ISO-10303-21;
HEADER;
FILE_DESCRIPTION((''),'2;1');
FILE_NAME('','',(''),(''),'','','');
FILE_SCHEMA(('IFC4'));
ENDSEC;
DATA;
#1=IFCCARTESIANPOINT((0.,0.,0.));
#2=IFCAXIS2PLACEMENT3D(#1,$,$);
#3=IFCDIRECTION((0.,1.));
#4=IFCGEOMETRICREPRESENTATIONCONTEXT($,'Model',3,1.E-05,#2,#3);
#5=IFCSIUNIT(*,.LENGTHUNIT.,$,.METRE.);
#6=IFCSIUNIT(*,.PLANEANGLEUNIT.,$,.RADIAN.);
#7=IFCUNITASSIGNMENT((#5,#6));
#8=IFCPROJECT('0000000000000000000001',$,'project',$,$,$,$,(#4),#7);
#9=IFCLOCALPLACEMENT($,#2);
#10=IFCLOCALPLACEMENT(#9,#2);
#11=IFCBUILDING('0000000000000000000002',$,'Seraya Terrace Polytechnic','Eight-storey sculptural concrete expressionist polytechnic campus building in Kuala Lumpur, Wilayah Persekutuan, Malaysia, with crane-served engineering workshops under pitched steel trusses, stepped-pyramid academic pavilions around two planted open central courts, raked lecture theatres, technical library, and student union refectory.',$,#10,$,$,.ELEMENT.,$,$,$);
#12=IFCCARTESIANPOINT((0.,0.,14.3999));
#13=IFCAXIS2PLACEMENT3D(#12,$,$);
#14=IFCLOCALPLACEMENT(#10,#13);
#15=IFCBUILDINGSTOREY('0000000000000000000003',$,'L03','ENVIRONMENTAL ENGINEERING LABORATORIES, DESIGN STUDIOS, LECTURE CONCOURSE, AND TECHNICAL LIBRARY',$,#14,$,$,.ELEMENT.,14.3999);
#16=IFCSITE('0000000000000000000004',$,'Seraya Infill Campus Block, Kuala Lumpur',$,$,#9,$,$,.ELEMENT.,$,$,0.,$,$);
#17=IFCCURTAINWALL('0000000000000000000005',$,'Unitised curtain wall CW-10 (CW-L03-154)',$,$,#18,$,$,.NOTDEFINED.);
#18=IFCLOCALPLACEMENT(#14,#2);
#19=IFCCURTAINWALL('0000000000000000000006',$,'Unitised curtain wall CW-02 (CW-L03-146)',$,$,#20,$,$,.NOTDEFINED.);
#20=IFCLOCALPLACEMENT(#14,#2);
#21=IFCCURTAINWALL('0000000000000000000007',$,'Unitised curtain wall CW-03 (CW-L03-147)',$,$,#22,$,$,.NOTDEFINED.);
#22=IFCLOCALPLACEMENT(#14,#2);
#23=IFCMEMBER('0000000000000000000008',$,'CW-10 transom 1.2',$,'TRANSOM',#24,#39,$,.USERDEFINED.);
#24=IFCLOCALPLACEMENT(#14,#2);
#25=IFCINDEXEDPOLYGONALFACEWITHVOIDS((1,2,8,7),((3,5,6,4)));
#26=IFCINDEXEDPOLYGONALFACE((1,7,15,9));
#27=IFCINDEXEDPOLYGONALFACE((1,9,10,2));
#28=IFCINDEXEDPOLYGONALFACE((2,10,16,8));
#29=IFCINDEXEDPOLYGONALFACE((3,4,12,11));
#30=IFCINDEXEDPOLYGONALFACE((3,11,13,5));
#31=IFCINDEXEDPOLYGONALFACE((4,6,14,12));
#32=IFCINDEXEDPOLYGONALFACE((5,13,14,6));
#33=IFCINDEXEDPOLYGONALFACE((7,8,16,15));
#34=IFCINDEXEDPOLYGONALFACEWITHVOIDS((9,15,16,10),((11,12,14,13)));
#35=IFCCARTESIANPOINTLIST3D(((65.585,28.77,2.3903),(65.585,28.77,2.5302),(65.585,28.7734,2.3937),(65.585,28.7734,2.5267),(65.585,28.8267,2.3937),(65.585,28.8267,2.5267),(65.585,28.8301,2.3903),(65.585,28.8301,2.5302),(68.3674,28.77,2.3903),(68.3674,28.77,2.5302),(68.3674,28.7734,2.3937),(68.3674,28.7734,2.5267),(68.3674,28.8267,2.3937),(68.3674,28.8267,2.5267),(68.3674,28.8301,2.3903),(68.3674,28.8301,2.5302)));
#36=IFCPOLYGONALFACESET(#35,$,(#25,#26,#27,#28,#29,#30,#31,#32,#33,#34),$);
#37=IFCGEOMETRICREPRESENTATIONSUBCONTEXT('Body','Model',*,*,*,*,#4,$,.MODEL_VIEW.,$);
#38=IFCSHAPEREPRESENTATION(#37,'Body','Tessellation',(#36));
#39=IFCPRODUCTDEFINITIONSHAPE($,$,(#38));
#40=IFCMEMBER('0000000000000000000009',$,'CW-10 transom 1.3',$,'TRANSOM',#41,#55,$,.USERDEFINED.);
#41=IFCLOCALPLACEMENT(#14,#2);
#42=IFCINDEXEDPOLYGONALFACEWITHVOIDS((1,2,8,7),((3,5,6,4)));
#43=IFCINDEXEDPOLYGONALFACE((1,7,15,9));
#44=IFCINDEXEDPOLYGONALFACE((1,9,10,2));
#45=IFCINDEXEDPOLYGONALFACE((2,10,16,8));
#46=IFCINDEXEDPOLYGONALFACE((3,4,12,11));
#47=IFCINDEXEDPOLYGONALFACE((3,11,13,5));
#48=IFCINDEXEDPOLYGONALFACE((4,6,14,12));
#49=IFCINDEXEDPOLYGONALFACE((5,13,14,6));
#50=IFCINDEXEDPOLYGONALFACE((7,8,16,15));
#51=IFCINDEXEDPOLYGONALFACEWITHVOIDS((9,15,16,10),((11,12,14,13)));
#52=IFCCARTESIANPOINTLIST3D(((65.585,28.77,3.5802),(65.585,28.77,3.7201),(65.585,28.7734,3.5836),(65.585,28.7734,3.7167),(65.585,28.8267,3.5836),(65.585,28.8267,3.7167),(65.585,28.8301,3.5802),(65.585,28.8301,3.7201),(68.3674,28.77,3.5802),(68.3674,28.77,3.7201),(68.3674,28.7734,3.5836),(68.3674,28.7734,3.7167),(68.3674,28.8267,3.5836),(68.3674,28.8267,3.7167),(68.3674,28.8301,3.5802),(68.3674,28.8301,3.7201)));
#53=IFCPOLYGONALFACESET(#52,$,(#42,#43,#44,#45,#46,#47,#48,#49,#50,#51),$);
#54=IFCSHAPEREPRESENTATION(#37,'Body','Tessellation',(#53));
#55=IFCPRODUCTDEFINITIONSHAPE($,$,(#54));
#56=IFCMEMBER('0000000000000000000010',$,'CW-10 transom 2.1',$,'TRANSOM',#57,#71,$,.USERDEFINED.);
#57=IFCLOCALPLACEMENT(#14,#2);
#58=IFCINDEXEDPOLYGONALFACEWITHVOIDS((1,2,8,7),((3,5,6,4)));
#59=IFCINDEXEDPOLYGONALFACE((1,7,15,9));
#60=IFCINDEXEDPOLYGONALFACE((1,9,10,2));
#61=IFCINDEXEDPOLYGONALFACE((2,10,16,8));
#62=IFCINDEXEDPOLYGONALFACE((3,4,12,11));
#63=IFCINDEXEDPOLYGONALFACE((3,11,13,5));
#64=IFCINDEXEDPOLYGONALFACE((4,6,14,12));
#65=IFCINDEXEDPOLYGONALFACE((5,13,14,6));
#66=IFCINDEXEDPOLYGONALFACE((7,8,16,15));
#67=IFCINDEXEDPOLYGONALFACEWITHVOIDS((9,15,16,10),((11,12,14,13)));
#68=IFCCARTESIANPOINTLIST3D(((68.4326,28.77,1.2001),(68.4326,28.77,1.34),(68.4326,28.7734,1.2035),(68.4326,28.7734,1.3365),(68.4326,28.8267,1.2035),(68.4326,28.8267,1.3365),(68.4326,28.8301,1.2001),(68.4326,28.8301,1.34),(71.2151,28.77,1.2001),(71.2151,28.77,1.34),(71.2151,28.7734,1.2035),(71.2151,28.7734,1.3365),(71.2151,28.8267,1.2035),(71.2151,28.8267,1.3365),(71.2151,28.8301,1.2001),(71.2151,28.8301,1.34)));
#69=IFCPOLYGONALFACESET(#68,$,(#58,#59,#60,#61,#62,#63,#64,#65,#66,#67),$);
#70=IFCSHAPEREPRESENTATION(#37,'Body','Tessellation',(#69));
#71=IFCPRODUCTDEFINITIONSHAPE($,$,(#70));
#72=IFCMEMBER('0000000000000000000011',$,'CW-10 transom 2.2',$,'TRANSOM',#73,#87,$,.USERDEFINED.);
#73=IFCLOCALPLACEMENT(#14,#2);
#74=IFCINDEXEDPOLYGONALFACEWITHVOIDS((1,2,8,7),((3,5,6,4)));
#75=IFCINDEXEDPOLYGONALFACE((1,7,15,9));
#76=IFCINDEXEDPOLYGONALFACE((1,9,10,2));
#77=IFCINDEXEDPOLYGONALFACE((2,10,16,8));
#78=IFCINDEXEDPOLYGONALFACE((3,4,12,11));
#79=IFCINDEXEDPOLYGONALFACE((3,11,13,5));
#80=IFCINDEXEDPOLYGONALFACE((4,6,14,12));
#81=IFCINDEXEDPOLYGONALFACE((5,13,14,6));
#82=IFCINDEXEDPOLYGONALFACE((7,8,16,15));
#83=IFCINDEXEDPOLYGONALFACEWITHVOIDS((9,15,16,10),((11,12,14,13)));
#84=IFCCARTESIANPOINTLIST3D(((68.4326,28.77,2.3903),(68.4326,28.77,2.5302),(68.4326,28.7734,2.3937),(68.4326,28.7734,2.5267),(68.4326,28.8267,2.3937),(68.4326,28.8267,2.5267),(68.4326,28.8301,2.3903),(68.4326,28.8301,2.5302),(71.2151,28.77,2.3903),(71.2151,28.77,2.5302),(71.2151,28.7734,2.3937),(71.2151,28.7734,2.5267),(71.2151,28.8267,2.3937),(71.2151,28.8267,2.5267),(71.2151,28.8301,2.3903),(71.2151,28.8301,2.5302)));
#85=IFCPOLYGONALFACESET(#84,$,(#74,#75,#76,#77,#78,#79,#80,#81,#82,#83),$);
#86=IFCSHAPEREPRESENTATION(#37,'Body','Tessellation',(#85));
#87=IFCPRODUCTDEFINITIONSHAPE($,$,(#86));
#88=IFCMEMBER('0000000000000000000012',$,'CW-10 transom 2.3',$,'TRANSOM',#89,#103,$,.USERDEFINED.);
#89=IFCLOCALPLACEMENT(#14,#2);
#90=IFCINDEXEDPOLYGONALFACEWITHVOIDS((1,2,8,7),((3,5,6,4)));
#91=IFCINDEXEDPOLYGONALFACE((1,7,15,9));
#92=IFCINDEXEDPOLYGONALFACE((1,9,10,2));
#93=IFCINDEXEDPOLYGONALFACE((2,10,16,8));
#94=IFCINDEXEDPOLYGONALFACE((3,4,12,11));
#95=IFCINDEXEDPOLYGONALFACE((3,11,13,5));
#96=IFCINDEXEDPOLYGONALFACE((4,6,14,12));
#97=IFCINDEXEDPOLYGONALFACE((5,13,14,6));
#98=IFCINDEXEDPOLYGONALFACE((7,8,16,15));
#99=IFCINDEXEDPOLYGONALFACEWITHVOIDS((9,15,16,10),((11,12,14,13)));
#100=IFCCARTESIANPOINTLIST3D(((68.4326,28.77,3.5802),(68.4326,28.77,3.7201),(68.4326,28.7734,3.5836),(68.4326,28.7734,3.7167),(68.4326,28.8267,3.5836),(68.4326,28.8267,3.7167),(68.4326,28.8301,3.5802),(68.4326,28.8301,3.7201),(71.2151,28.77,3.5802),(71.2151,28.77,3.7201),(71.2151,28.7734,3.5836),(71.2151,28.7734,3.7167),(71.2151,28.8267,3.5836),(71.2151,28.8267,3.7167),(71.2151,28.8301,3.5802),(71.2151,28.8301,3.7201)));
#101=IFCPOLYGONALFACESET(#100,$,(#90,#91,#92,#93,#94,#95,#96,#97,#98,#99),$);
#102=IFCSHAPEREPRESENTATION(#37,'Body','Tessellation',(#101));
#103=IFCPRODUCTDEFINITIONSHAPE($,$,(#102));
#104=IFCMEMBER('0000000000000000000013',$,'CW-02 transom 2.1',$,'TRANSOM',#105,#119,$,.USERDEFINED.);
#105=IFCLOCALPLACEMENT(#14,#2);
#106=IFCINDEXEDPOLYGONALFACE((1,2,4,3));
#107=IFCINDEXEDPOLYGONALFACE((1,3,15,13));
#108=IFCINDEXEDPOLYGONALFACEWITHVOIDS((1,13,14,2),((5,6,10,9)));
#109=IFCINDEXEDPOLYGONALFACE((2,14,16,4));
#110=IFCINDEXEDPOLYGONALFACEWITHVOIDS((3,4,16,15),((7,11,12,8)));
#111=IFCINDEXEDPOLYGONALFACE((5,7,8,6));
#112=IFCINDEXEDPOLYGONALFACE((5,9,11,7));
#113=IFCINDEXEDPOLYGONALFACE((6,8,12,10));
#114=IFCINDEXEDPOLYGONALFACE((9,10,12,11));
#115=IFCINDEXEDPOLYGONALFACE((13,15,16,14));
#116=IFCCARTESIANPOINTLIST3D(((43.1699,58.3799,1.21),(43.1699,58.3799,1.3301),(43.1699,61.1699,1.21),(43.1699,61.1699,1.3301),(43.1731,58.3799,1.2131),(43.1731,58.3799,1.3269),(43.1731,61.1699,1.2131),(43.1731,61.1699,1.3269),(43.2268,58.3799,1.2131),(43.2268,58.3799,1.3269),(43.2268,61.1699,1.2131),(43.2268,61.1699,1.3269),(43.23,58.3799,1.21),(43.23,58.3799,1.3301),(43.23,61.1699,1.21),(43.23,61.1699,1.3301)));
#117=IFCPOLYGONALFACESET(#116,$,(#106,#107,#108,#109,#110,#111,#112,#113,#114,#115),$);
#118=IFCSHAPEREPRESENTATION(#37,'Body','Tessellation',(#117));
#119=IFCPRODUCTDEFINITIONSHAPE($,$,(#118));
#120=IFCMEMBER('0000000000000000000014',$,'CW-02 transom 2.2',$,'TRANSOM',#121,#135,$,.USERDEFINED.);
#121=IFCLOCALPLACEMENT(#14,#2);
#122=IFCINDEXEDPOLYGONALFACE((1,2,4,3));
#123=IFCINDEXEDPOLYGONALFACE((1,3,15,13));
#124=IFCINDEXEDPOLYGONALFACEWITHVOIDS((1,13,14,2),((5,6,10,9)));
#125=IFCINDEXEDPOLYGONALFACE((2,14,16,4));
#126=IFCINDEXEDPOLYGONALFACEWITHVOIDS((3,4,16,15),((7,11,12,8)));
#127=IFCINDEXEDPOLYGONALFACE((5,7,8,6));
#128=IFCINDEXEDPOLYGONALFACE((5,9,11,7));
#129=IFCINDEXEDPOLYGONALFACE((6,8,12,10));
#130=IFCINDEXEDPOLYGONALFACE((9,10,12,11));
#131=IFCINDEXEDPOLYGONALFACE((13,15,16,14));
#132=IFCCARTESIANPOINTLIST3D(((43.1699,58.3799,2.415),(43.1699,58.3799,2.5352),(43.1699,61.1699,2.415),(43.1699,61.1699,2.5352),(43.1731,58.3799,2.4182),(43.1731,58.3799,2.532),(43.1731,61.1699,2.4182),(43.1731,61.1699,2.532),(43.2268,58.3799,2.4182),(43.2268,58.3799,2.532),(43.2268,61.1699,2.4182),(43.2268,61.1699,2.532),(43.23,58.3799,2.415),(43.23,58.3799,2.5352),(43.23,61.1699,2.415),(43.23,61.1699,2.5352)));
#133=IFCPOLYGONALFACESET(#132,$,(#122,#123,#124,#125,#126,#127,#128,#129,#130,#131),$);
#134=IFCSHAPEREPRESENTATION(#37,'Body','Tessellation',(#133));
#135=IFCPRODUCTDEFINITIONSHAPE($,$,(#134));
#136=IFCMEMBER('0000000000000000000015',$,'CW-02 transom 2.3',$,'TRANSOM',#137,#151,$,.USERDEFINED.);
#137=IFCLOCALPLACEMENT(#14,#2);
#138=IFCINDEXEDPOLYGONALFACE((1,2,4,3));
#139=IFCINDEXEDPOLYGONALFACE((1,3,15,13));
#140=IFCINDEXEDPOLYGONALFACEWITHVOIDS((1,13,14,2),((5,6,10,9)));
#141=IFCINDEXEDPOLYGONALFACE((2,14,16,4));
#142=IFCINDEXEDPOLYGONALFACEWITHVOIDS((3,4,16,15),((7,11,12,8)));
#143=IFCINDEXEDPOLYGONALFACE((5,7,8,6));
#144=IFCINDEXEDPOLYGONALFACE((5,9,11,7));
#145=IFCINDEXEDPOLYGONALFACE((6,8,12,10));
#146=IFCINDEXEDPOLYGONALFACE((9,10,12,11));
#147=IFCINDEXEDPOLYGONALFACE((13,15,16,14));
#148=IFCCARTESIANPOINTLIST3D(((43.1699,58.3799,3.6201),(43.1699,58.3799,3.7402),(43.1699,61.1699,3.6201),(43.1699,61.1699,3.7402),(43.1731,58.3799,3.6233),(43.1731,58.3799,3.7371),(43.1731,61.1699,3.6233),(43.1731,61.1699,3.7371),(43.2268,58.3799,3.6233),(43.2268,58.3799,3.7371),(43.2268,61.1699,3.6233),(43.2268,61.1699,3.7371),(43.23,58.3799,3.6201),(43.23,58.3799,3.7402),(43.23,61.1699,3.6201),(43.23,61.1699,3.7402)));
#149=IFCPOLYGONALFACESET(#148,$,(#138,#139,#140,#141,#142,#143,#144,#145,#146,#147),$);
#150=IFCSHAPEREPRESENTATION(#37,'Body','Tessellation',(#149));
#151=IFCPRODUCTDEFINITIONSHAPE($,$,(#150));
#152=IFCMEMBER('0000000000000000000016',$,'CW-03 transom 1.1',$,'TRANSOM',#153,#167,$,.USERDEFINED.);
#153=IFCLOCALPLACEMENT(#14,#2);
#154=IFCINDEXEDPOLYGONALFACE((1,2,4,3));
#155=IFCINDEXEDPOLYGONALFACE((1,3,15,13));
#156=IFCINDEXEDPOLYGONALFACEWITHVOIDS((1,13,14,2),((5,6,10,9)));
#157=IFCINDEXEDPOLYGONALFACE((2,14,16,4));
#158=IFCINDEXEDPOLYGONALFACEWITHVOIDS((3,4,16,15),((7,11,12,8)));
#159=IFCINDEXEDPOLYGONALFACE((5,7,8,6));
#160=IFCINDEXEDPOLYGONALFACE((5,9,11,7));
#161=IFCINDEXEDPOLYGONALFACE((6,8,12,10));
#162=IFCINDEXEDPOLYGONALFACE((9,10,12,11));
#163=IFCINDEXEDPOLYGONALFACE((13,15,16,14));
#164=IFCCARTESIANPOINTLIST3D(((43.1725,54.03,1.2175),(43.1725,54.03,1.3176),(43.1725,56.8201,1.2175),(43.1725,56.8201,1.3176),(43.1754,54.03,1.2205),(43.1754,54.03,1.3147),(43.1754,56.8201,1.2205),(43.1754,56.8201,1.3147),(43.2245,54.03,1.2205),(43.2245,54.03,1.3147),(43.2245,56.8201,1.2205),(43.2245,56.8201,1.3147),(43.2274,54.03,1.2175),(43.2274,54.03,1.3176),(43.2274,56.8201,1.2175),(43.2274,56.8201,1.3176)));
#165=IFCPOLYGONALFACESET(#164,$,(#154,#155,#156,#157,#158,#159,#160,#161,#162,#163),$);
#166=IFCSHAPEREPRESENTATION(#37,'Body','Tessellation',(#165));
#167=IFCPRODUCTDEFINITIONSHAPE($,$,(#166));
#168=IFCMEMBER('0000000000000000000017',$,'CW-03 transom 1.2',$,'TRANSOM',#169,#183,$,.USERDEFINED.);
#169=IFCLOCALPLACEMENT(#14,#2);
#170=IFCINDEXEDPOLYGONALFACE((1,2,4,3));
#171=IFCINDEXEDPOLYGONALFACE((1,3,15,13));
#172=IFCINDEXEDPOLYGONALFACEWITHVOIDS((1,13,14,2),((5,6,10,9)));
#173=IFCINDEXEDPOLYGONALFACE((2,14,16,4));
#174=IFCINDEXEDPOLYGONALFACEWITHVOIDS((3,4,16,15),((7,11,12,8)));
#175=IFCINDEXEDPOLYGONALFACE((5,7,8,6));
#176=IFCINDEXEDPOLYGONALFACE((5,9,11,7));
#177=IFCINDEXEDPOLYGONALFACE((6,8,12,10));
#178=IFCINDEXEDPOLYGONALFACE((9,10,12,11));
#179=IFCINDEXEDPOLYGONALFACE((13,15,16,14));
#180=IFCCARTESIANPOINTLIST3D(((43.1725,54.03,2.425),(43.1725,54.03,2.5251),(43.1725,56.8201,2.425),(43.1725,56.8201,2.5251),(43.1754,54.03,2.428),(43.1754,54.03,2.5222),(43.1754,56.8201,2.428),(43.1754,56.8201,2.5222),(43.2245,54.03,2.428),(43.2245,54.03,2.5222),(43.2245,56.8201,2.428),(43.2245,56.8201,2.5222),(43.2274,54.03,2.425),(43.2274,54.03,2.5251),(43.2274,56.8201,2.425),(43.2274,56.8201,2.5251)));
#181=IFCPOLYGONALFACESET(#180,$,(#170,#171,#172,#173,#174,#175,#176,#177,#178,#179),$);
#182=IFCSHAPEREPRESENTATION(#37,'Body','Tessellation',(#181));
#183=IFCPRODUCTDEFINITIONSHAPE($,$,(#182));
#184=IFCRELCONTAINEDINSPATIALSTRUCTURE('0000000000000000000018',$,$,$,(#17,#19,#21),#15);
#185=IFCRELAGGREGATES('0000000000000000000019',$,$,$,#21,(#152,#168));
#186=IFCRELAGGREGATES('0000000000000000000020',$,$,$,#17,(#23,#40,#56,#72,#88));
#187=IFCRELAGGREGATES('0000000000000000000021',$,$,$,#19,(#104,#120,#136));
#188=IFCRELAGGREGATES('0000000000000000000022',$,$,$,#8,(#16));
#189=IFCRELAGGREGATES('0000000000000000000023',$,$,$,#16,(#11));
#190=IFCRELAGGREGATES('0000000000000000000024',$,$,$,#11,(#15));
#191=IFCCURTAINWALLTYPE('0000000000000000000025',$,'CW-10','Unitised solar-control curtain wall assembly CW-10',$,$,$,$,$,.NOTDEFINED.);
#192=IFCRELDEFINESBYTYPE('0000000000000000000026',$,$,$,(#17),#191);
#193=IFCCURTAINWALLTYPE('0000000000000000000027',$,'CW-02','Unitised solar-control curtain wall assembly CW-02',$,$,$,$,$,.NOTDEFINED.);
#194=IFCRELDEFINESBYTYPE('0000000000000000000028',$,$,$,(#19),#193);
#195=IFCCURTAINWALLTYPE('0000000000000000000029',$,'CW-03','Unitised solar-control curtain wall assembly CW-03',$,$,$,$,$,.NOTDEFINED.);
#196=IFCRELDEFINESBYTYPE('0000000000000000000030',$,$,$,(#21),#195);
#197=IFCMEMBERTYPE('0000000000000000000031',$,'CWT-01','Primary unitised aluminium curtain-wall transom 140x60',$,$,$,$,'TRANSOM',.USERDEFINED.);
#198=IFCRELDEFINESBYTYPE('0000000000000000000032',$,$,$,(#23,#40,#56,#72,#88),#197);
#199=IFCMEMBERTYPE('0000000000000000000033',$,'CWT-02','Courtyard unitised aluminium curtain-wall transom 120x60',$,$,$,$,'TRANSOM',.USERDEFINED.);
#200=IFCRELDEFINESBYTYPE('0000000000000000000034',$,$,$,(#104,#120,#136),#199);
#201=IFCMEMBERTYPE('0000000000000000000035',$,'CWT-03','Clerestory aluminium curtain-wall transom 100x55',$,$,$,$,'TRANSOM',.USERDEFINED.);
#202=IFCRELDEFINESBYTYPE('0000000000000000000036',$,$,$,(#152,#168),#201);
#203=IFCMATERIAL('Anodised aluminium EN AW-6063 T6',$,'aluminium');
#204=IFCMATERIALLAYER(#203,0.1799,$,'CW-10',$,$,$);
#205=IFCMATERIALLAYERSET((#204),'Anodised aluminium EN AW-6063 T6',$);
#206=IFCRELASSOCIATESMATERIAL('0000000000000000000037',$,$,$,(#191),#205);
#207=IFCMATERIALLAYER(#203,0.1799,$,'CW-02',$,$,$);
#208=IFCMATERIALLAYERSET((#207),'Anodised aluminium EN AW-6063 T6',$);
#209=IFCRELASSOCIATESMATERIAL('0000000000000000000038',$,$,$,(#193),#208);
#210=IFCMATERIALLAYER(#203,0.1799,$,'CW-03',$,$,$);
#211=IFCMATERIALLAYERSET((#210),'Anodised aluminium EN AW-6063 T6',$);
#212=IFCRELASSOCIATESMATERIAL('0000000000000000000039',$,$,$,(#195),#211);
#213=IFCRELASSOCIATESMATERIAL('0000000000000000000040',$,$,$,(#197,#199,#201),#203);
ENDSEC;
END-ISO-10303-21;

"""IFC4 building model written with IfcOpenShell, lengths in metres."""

from ifc_helpers import new_model, si_unit, direction, frame, origin, origin_2d, place, context, subcontext, project, spatial, hollow_rectangle, extrude, material, layer, layer_set, material_profile, profile_set, type_object, element, aggregate, save


model = new_model("IFC4")

# Units and contexts
model_context = context("Model", 3, precision=1e-05, world=origin(), true_north=direction((0.0, 1.0)))
body_context = subcontext(model_context, "Body", "Model", "MODEL_VIEW")
ifc_project = project(units=[si_unit("LENGTHUNIT", "METRE"), si_unit("PLANEANGLEUNIT", "RADIAN")], contexts=[model_context])

# Site, building, storey
site_placement = place(None, origin())
site = spatial("IfcSite", under=ifc_project, at=site_placement, Name="Seraya Infill Campus Block, Kuala Lumpur", CompositionType="ELEMENT", RefElevation=0.0)
building_placement = place(site_placement, origin())
building = spatial("IfcBuilding", under=site, at=building_placement, Name="Seraya Terrace Polytechnic", Description="Eight-storey sculptural concrete expressionist polytechnic campus building in Kuala Lumpur, Wilayah Persekutuan, Malaysia, with crane-served engineering workshops under pitched steel trusses, stepped-pyramid academic pavilions around two planted open central courts, raked lecture theatres, technical library, and student union refectory.", CompositionType="ELEMENT")
storey_placement = place(building_placement, frame((0.0, 0.0, 14.3999)))
storey = spatial("IfcBuildingStorey", under=building, at=storey_placement, Name="L03", Description="ENVIRONMENTAL ENGINEERING LABORATORIES, DESIGN STUDIOS, LECTURE CONCOURSE, AND TECHNICAL LIBRARY", CompositionType="ELEMENT", Elevation=14.3999)

# Curtain wall
ifc_material_1 = material(Name="Anodised aluminium EN AW-6063 T6", Category="aluminium")
ifc_layer_1 = layer(ifc_material_1, 0.1799, Name="CW-10")
ifc_layer_set_1 = layer_set([ifc_layer_1], Name="Anodised aluminium EN AW-6063 T6")
curtain_wall_type_1 = type_object("IfcCurtainWallType", Name="CW-10", Description="Unitised solar-control curtain wall assembly CW-10", PredefinedType="NOTDEFINED", material=ifc_layer_set_1)
curtain_wall_1_placement = place(storey_placement, origin())
curtain_wall_1 = element("IfcCurtainWall", 1, at=curtain_wall_1_placement, inside=storey, type_object=curtain_wall_type_1, Name="Unitised curtain wall CW-10 (CW-L03-154)", PredefinedType="NOTDEFINED")

# Curtain walls
ifc_layer_2 = layer(ifc_material_1, 0.1799, Name="CW-02")
ifc_layer_set_2 = layer_set([ifc_layer_2], Name="Anodised aluminium EN AW-6063 T6")
curtain_wall_type_2 = type_object("IfcCurtainWallType", Name="CW-02", Description="Unitised solar-control curtain wall assembly CW-02", PredefinedType="NOTDEFINED", material=ifc_layer_set_2)
curtain_wall_2_placement = place(storey_placement, origin())
curtain_wall_2 = element("IfcCurtainWall", 2, at=curtain_wall_2_placement, inside=storey, type_object=curtain_wall_type_2, Name="Unitised curtain wall CW-02 (CW-L03-146)", PredefinedType="NOTDEFINED")
ifc_layer_3 = layer(ifc_material_1, 0.1799, Name="CW-03")
ifc_layer_set_3 = layer_set([ifc_layer_3], Name="Anodised aluminium EN AW-6063 T6")
curtain_wall_type_3 = type_object("IfcCurtainWallType", Name="CW-03", Description="Unitised solar-control curtain wall assembly CW-03", PredefinedType="NOTDEFINED", material=ifc_layer_set_3)
curtain_wall_3_placement = place(storey_placement, origin())
curtain_wall_3 = element("IfcCurtainWall", 3, at=curtain_wall_3_placement, inside=storey, type_object=curtain_wall_type_3, Name="Unitised curtain wall CW-03 (CW-L03-147)", PredefinedType="NOTDEFINED")

# Members
ifc_material_profile_1 = material_profile(ifc_material_1, hollow_rectangle(XDim=0.0601, YDim=0.1399, WallThickness=0.0034, at=origin_2d()), Name="RHS 140x60x3.5")
ifc_profile_set_1 = profile_set([ifc_material_profile_1], Name="Anodised aluminium EN AW-6063 T6")
member_type_1 = type_object("IfcMemberType", Name="CWT-01", Description="Primary unitised aluminium curtain-wall transom 140x60", ElementType="TRANSOM", PredefinedType="USERDEFINED", material=ifc_profile_set_1)
member_1_placement = place(storey_placement, frame((65.585, 28.8, 2.4602), z_axis=(1.0, 0.0, 0.0), x_axis=(0.0, 1.0, 0.0)))
member_1 = element("IfcMember", 4, at=member_1_placement, type_object=member_type_1, Name="CW-10 transom 1.2", ObjectType="TRANSOM", PredefinedType="USERDEFINED", context=body_context, shape_type="SweptSolid", body=[
    extrude(hollow_rectangle(XDim=0.0601, YDim=0.1399, WallThickness=0.0034, at=origin_2d()), origin(), (0.0, 0.0, 1.0), 2.7825),
])
member_2_placement = place(storey_placement, frame((65.585, 28.8, 3.6501), z_axis=(1.0, 0.0, 0.0), x_axis=(0.0, 1.0, 0.0)))
member_2 = element("IfcMember", 5, at=member_2_placement, type_object=member_type_1, Name="CW-10 transom 1.3", ObjectType="TRANSOM", PredefinedType="USERDEFINED", context=body_context, shape_type="SweptSolid", body=[
    extrude(hollow_rectangle(XDim=0.0601, YDim=0.1399, WallThickness=0.0034, at=origin_2d()), origin(), (0.0, 0.0, 1.0), 2.7825),
])
member_3_placement = place(storey_placement, frame((68.4326, 28.8, 1.27), z_axis=(1.0, 0.0, 0.0), x_axis=(0.0, 1.0, 0.0)))
member_3 = element("IfcMember", 6, at=member_3_placement, type_object=member_type_1, Name="CW-10 transom 2.1", ObjectType="TRANSOM", PredefinedType="USERDEFINED", context=body_context, shape_type="SweptSolid", body=[
    extrude(hollow_rectangle(XDim=0.0601, YDim=0.1399, WallThickness=0.0034, at=origin_2d()), origin(), (0.0, 0.0, 1.0), 2.7825),
])
member_4_placement = place(storey_placement, frame((68.4326, 28.8, 2.4602), z_axis=(1.0, 0.0, 0.0), x_axis=(0.0, 1.0, 0.0)))
member_4 = element("IfcMember", 7, at=member_4_placement, type_object=member_type_1, Name="CW-10 transom 2.2", ObjectType="TRANSOM", PredefinedType="USERDEFINED", context=body_context, shape_type="SweptSolid", body=[
    extrude(hollow_rectangle(XDim=0.0601, YDim=0.1399, WallThickness=0.0034, at=origin_2d()), origin(), (0.0, 0.0, 1.0), 2.7825),
])
member_5_placement = place(storey_placement, frame((68.4326, 28.8, 3.6501), z_axis=(1.0, 0.0, 0.0), x_axis=(0.0, 1.0, 0.0)))
member_5 = element("IfcMember", 8, at=member_5_placement, type_object=member_type_1, Name="CW-10 transom 2.3", ObjectType="TRANSOM", PredefinedType="USERDEFINED", context=body_context, shape_type="SweptSolid", body=[
    extrude(hollow_rectangle(XDim=0.0601, YDim=0.1399, WallThickness=0.0034, at=origin_2d()), origin(), (0.0, 0.0, 1.0), 2.7825),
])
ifc_material_profile_2 = material_profile(ifc_material_1, hollow_rectangle(XDim=0.0601, YDim=0.1201, WallThickness=0.0032, at=origin_2d()), Name="RHS 120x60x3.2")
ifc_profile_set_2 = profile_set([ifc_material_profile_2], Name="Anodised aluminium EN AW-6063 T6")
member_type_2 = type_object("IfcMemberType", Name="CWT-02", Description="Courtyard unitised aluminium curtain-wall transom 120x60", ElementType="TRANSOM", PredefinedType="USERDEFINED", material=ifc_profile_set_2)
member_6_placement = place(storey_placement, frame((43.2, 61.1699, 1.27), z_axis=(0.0, -1.0, 0.0), x_axis=(1.0, 0.0, 0.0)))
member_6 = element("IfcMember", 9, at=member_6_placement, type_object=member_type_2, Name="CW-02 transom 2.1", ObjectType="TRANSOM", PredefinedType="USERDEFINED", context=body_context, shape_type="SweptSolid", body=[
    extrude(hollow_rectangle(XDim=0.0601, YDim=0.1201, WallThickness=0.0032, at=origin_2d()), origin(), (0.0, 0.0, 1.0), 2.79),
])
member_7_placement = place(storey_placement, frame((43.2, 61.1699, 2.4751), z_axis=(0.0, -1.0, 0.0), x_axis=(1.0, 0.0, 0.0)))
member_7 = element("IfcMember", 10, at=member_7_placement, type_object=member_type_2, Name="CW-02 transom 2.2", ObjectType="TRANSOM", PredefinedType="USERDEFINED", context=body_context, shape_type="SweptSolid", body=[
    extrude(hollow_rectangle(XDim=0.0601, YDim=0.1201, WallThickness=0.0032, at=origin_2d()), origin(), (0.0, 0.0, 1.0), 2.79),
])
member_8_placement = place(storey_placement, frame((43.2, 61.1699, 3.6802), z_axis=(0.0, -1.0, 0.0), x_axis=(1.0, 0.0, 0.0)))
member_8 = element("IfcMember", 11, at=member_8_placement, type_object=member_type_2, Name="CW-02 transom 2.3", ObjectType="TRANSOM", PredefinedType="USERDEFINED", context=body_context, shape_type="SweptSolid", body=[
    extrude(hollow_rectangle(XDim=0.0601, YDim=0.1201, WallThickness=0.0032, at=origin_2d()), origin(), (0.0, 0.0, 1.0), 2.79),
])
ifc_material_profile_3 = material_profile(ifc_material_1, hollow_rectangle(XDim=0.0549, YDim=0.1001, WallThickness=0.0029, at=origin_2d()), Name="RHS 100x55x3.0")
ifc_profile_set_3 = profile_set([ifc_material_profile_3], Name="Anodised aluminium EN AW-6063 T6")
member_type_3 = type_object("IfcMemberType", Name="CWT-03", Description="Clerestory aluminium curtain-wall transom 100x55", ElementType="TRANSOM", PredefinedType="USERDEFINED", material=ifc_profile_set_3)
member_9_placement = place(storey_placement, frame((43.2, 56.8201, 1.2676), z_axis=(0.0, -1.0, 0.0), x_axis=(1.0, 0.0, 0.0)))
member_9 = element("IfcMember", 12, at=member_9_placement, type_object=member_type_3, Name="CW-03 transom 1.1", ObjectType="TRANSOM", PredefinedType="USERDEFINED", context=body_context, shape_type="SweptSolid", body=[
    extrude(hollow_rectangle(XDim=0.0549, YDim=0.1001, WallThickness=0.0029, at=origin_2d()), origin(), (0.0, 0.0, 1.0), 2.79),
])
member_10_placement = place(storey_placement, frame((43.2, 56.8201, 2.4751), z_axis=(0.0, -1.0, 0.0), x_axis=(1.0, 0.0, 0.0)))
member_10 = element("IfcMember", 13, at=member_10_placement, type_object=member_type_3, Name="CW-03 transom 1.2", ObjectType="TRANSOM", PredefinedType="USERDEFINED", context=body_context, shape_type="SweptSolid", body=[
    extrude(hollow_rectangle(XDim=0.0549, YDim=0.1001, WallThickness=0.0029, at=origin_2d()), origin(), (0.0, 0.0, 1.0), 2.79),
])
aggregate(curtain_wall_3, [member_9, member_10])

aggregate(curtain_wall_1, [member_1, member_2, member_3, member_4, member_5])
aggregate(curtain_wall_2, [member_6, member_7, member_8])

save(model, "model.ifc")
